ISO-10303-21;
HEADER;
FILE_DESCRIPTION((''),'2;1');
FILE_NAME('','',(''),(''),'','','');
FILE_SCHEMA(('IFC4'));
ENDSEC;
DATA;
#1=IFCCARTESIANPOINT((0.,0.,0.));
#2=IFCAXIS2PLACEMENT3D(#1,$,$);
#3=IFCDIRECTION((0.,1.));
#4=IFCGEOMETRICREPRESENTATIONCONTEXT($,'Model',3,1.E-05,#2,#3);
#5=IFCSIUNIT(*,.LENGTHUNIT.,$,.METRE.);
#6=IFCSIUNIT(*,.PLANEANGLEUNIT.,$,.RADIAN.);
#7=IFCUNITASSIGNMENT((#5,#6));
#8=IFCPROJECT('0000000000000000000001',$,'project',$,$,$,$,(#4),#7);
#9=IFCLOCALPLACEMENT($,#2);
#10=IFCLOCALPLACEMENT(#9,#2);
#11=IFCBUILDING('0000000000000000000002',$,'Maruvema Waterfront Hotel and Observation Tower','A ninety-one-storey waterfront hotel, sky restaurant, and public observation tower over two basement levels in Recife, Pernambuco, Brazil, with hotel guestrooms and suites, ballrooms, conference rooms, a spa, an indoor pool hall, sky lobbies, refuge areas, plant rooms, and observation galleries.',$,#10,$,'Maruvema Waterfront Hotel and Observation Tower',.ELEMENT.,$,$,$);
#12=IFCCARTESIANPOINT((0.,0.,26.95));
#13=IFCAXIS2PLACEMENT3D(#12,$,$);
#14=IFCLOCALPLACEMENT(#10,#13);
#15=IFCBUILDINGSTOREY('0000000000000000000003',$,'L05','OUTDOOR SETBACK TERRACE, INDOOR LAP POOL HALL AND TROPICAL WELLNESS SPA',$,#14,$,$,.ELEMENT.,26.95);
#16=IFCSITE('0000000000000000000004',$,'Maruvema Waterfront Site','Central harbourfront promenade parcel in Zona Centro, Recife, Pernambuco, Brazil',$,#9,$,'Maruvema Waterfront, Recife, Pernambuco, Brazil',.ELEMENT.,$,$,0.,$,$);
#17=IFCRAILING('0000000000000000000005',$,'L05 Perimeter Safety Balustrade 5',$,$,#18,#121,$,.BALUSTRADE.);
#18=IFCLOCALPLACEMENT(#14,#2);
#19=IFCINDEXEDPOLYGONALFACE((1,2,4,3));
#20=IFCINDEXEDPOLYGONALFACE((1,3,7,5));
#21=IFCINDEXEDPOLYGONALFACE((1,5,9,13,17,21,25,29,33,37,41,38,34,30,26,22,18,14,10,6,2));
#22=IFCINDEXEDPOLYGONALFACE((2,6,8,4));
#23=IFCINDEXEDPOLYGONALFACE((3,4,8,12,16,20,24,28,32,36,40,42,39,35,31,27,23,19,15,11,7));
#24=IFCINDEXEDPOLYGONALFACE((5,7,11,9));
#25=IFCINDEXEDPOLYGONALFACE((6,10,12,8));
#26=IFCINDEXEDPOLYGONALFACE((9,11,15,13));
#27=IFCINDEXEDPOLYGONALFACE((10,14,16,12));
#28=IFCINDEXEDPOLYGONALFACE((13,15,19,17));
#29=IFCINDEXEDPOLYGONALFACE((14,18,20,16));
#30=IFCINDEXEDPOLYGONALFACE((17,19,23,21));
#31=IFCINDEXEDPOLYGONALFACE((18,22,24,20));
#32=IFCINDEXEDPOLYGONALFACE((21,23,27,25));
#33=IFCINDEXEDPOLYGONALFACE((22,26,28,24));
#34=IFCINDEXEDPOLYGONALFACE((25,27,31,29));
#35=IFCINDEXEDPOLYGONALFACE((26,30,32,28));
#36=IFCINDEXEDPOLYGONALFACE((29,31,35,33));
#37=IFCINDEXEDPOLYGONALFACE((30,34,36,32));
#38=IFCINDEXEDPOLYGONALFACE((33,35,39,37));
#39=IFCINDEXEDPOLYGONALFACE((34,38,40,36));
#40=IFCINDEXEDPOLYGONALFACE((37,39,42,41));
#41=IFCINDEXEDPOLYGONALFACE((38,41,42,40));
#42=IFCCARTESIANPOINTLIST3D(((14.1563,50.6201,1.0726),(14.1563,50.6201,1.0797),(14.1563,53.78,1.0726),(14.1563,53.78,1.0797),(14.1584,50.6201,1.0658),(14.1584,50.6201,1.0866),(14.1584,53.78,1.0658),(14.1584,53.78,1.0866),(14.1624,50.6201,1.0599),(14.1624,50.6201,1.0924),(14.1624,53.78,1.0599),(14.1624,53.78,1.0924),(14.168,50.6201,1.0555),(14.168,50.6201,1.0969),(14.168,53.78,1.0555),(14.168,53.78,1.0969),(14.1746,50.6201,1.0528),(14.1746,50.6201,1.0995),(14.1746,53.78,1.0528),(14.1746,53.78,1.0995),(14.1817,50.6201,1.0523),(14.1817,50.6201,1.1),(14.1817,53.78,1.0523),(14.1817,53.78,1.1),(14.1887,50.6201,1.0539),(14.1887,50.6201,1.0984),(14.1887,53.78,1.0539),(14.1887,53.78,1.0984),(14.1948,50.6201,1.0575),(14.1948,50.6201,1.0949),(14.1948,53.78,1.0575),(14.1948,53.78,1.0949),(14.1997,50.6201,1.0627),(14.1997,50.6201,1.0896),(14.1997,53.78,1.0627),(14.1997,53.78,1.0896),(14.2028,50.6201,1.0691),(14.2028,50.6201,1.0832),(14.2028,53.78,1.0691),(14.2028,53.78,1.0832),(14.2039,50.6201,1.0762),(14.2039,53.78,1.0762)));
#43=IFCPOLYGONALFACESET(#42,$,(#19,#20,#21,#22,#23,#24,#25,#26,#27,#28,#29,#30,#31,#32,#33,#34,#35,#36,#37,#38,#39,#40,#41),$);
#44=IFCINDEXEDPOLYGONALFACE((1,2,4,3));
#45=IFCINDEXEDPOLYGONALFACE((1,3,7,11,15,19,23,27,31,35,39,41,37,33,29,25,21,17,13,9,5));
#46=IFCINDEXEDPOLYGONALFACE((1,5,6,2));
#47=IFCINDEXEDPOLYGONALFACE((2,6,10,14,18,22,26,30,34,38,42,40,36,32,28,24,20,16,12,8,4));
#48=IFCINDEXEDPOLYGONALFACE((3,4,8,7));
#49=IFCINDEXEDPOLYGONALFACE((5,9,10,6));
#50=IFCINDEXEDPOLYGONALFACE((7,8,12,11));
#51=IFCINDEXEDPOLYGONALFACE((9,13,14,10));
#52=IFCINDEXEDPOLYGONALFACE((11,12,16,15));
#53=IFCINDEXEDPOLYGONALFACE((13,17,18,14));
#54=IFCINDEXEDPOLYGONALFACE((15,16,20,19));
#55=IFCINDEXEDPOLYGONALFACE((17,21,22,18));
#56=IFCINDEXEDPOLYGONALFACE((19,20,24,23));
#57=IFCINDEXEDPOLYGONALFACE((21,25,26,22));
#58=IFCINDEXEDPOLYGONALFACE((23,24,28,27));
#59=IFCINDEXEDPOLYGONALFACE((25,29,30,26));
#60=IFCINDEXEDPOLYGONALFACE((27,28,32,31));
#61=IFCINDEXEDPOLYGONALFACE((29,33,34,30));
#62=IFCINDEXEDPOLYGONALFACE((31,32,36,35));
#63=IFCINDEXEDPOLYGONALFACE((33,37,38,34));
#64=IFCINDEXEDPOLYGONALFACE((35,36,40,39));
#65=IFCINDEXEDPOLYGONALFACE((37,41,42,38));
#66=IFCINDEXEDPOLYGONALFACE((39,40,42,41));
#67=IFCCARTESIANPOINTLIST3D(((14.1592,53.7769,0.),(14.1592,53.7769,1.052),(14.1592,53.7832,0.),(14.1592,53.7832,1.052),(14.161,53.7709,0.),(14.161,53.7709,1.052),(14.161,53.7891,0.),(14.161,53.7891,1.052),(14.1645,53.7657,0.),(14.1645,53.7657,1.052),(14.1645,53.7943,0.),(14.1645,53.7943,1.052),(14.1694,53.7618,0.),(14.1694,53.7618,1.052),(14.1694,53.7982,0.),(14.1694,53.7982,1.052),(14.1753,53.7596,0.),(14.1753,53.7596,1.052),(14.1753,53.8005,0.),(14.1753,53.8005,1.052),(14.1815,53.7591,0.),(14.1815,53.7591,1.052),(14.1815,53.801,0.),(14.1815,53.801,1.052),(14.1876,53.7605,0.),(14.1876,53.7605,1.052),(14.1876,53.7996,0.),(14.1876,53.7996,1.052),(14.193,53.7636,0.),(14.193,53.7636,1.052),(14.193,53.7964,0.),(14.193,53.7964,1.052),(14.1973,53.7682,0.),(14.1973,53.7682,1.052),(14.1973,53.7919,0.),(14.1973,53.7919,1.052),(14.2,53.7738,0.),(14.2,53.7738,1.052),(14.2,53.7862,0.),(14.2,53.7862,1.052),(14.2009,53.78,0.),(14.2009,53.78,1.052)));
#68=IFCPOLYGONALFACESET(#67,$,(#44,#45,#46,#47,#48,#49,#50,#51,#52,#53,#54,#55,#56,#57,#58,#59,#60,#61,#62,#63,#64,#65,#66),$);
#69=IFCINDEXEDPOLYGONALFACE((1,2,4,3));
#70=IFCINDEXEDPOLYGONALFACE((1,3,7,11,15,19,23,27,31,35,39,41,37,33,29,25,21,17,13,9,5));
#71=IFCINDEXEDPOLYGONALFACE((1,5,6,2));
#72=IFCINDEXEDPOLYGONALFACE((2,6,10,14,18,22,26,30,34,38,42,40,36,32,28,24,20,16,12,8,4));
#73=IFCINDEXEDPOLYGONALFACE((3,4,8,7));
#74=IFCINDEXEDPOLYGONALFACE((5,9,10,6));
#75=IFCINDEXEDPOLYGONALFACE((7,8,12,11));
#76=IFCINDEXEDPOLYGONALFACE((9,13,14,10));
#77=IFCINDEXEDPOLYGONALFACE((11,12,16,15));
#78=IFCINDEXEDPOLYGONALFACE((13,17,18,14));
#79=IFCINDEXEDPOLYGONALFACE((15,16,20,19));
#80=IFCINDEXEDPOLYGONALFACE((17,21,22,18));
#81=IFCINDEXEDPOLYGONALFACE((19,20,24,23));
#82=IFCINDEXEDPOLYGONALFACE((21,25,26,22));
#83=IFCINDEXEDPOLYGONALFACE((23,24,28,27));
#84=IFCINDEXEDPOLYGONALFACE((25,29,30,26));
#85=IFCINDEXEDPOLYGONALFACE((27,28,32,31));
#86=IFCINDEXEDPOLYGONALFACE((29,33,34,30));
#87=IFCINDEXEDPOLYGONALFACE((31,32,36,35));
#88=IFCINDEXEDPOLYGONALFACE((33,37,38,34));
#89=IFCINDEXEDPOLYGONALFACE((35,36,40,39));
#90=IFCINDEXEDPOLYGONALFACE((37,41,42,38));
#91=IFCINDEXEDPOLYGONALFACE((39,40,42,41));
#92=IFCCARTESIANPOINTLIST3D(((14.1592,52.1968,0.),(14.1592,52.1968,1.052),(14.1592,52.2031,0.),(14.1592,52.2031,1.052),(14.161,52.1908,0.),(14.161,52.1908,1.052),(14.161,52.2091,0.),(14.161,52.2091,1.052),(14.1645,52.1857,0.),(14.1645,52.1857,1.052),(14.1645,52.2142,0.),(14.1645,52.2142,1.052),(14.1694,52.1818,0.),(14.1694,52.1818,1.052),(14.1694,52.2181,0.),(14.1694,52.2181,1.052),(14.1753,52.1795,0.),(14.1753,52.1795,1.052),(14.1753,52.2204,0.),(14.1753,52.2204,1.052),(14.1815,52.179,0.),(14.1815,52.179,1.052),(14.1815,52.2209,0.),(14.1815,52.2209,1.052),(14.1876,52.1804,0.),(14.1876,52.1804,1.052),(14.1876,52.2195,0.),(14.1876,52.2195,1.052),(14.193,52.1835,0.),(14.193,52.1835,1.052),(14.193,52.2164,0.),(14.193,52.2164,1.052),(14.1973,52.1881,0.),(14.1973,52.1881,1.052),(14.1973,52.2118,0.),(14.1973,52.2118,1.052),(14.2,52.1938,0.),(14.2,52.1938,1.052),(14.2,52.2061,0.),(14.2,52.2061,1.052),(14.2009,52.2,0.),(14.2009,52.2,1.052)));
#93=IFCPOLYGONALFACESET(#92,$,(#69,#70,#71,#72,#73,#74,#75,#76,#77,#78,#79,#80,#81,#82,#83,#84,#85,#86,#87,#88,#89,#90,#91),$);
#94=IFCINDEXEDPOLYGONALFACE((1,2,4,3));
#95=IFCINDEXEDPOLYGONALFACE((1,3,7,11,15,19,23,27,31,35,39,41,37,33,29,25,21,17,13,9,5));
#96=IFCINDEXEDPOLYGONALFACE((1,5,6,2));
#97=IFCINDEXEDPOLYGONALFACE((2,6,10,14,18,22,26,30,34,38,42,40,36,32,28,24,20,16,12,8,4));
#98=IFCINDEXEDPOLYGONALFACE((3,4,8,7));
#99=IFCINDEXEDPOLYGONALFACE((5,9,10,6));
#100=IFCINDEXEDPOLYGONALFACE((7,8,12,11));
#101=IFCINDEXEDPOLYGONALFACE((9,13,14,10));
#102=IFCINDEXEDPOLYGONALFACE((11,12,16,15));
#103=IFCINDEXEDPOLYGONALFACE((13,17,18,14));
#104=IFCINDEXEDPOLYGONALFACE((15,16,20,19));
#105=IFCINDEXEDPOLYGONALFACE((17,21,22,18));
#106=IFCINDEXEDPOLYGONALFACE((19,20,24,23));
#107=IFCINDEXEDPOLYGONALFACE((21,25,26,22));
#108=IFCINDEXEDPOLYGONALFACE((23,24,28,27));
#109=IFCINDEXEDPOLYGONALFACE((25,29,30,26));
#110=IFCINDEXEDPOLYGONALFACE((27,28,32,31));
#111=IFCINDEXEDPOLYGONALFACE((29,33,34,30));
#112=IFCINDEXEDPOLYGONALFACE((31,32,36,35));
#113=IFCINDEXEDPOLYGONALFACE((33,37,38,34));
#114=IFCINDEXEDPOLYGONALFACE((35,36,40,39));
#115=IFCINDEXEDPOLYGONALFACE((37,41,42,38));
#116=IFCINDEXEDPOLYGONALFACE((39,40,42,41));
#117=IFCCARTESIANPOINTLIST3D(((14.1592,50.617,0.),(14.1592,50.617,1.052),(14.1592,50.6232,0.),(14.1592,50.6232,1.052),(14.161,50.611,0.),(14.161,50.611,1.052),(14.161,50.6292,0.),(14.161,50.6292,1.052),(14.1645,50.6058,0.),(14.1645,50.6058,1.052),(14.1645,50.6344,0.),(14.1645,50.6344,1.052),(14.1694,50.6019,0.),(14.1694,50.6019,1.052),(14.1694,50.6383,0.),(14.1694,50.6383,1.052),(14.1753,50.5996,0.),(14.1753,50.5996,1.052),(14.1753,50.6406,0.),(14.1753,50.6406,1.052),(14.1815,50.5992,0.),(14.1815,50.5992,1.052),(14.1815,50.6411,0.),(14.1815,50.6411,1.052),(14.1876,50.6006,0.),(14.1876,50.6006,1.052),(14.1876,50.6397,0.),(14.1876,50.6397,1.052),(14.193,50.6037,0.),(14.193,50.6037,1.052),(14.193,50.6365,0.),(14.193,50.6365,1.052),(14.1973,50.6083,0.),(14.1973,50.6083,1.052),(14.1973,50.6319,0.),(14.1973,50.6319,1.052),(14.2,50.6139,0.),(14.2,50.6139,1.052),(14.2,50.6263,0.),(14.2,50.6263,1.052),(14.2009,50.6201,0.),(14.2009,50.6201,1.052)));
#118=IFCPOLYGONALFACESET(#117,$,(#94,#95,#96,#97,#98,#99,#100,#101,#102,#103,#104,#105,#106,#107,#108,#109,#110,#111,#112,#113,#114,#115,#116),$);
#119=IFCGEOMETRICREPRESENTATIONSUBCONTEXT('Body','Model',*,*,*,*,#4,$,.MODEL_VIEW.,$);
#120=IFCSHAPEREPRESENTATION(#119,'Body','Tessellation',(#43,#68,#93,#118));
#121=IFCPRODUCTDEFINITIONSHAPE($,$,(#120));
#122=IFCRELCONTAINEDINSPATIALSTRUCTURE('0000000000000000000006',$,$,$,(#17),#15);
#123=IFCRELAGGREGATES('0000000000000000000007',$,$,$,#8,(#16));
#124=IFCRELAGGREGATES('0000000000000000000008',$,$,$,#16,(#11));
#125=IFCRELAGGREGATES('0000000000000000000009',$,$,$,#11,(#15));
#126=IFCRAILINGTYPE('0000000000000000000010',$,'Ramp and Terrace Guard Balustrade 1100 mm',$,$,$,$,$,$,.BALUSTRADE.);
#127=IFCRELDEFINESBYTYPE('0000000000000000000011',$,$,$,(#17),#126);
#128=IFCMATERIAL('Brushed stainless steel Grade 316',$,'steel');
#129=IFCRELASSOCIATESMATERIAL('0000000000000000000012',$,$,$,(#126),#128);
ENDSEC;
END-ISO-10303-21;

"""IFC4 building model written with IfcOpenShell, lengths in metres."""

from ifc_helpers import new_model, si_unit, direction, frame, origin, origin_2d, place, context, subcontext, project, spatial, circle, extrude, material, type_object, element, save


model = new_model("IFC4")

# Units and contexts
model_context = context("Model", 3, precision=1e-05, world=origin(), true_north=direction((0.0, 1.0)))
body_context = subcontext(model_context, "Body", "Model", "MODEL_VIEW")
ifc_project = project(units=[si_unit("LENGTHUNIT", "METRE"), si_unit("PLANEANGLEUNIT", "RADIAN")], contexts=[model_context])

# Site, building, storey
site_placement = place(None, origin())
site = spatial("IfcSite", under=ifc_project, at=site_placement, Name="Maruvema Waterfront Site", Description="Central harbourfront promenade parcel in Zona Centro, Recife, Pernambuco, Brazil", LongName="Maruvema Waterfront, Recife, Pernambuco, Brazil", CompositionType="ELEMENT", RefElevation=0.0)
building_placement = place(site_placement, origin())
building = spatial("IfcBuilding", under=site, at=building_placement, Name="Maruvema Waterfront Hotel and Observation Tower", Description="A ninety-one-storey waterfront hotel, sky restaurant, and public observation tower over two basement levels in Recife, Pernambuco, Brazil, with hotel guestrooms and suites, ballrooms, conference rooms, a spa, an indoor pool hall, sky lobbies, refuge areas, plant rooms, and observation galleries.", LongName="Maruvema Waterfront Hotel and Observation Tower", CompositionType="ELEMENT")
storey_placement = place(building_placement, frame((0.0, 0.0, 26.95)))
storey = spatial("IfcBuildingStorey", under=building, at=storey_placement, Name="L05", Description="OUTDOOR SETBACK TERRACE, INDOOR LAP POOL HALL AND TROPICAL WELLNESS SPA", CompositionType="ELEMENT", Elevation=26.95)

# Railing
ifc_material_1 = material(Name="Brushed stainless steel Grade 316", Category="steel")
railing_type = type_object("IfcRailingType", Name="Ramp and Terrace Guard Balustrade 1100 mm", PredefinedType="BALUSTRADE", material=ifc_material_1)
railing_1_placement = place(storey_placement, frame((14.1799, 53.78, 0.0)))
element("IfcRailing", 1, at=railing_1_placement, inside=storey, type_object=railing_type, Name="L05 Perimeter Safety Balustrade 5", PredefinedType="BALUSTRADE", context=body_context, shape_type="SweptSolid", body=[
    extrude(circle(Radius=0.0239, at=origin_2d()), frame((0.0, 0.0, 1.0762), z_axis=(0.0, -1.0, 0.0), x_axis=(1.0, 0.0, 0.0)), (0.0, 0.0, 1.0), 3.1599),
    extrude(circle(Radius=0.021, at=origin_2d()), origin(), (0.0, 0.0, 1.0), 1.052),
    extrude(circle(Radius=0.021, at=origin_2d()), frame((0.0, -1.5801, 0.0)), (0.0, 0.0, 1.0), 1.052),
    extrude(circle(Radius=0.021, at=origin_2d()), frame((0.0, -3.1599, 0.0)), (0.0, 0.0, 1.0), 1.052),
])

save(model, "model.ifc")
